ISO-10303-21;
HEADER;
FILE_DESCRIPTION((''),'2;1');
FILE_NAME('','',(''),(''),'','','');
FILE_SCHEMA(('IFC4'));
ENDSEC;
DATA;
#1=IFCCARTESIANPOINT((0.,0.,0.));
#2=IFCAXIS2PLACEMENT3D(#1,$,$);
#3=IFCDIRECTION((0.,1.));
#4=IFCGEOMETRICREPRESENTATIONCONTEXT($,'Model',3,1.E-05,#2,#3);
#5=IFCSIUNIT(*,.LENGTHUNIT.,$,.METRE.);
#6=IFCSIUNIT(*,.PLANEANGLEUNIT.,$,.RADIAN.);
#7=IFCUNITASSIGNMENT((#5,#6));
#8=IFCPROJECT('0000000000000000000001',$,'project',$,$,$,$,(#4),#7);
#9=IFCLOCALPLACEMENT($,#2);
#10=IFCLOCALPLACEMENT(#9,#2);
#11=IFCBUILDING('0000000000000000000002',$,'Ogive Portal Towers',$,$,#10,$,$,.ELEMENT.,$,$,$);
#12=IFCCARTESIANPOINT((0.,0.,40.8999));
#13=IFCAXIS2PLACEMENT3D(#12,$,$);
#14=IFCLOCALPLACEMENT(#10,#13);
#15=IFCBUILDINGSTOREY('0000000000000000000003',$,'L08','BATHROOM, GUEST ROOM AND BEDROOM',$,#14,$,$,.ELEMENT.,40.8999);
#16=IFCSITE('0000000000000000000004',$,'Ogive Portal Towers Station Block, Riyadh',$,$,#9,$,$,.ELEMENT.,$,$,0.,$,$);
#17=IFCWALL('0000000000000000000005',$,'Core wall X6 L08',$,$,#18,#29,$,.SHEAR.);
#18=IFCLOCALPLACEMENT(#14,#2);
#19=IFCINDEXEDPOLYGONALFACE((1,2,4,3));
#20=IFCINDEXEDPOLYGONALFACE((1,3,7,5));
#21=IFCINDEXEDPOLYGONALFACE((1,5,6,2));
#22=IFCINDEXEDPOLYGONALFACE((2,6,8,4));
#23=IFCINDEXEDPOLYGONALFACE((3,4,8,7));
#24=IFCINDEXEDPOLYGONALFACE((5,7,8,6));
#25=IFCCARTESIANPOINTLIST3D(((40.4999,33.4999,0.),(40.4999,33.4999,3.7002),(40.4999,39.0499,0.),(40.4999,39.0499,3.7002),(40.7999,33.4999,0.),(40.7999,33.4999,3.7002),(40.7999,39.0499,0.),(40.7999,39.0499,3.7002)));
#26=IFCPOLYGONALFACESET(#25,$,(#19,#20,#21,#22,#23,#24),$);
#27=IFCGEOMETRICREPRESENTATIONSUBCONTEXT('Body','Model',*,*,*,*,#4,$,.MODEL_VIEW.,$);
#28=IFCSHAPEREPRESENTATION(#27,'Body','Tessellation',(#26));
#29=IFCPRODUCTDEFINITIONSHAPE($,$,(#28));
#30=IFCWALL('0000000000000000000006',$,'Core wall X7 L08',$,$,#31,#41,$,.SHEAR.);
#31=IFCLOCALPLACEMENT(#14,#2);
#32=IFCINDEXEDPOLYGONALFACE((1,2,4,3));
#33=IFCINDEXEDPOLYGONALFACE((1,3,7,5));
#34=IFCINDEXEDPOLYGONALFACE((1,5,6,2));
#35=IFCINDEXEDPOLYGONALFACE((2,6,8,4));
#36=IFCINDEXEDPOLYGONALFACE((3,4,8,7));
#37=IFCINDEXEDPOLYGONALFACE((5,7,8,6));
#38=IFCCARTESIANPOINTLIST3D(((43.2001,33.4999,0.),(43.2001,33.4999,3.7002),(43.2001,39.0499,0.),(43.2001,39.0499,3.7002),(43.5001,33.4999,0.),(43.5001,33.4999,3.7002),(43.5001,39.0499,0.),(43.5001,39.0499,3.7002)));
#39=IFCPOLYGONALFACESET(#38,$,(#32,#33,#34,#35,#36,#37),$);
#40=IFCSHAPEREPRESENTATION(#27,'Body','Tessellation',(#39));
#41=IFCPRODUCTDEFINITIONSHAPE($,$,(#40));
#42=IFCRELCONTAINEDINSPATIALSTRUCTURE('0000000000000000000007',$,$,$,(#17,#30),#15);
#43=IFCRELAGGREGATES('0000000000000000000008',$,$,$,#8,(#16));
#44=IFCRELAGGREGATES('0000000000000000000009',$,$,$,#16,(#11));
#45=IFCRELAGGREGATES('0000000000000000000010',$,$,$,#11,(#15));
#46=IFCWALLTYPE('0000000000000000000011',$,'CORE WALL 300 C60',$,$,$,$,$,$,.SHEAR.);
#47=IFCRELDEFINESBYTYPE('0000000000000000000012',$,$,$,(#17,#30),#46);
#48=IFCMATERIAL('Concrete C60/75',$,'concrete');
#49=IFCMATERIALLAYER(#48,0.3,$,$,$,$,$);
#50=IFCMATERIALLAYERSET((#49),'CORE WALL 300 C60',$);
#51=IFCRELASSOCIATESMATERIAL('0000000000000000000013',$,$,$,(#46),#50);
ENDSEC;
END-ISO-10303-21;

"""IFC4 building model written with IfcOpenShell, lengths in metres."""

from ifc_helpers import new_model, si_unit, direction, frame, frame_2d, origin, place, context, subcontext, project, spatial, rectangle, extrude, material, layer, layer_set, type_object, element, save


model = new_model("IFC4")

# Units and contexts
model_context = context("Model", 3, precision=1e-05, world=origin(), true_north=direction((0.0, 1.0)))
body_context = subcontext(model_context, "Body", "Model", "MODEL_VIEW")
ifc_project = project(units=[si_unit("LENGTHUNIT", "METRE"), si_unit("PLANEANGLEUNIT", "RADIAN")], contexts=[model_context])

# Site, building, storey
site_placement = place(None, origin())
site = spatial("IfcSite", under=ifc_project, at=site_placement, Name="Ogive Portal Towers Station Block, Riyadh", CompositionType="ELEMENT", RefElevation=0.0)
building_placement = place(site_placement, origin())
building = spatial("IfcBuilding", under=site, at=building_placement, Name="Ogive Portal Towers", CompositionType="ELEMENT")
storey_placement = place(building_placement, frame((0.0, 0.0, 40.8999)))
storey = spatial("IfcBuildingStorey", under=building, at=storey_placement, Name="L08", Description="BATHROOM, GUEST ROOM AND BEDROOM", CompositionType="ELEMENT", Elevation=40.8999)

# Shared definitions
ifc_material_1 = material(Name="Concrete C60/75", Category="concrete")
ifc_layer = layer(ifc_material_1, 0.3)
ifc_layer_set = layer_set([ifc_layer], Name="CORE WALL 300 C60")
wall_type = type_object("IfcWallType", Name="CORE WALL 300 C60", PredefinedType="SHEAR", material=ifc_layer_set)

# Walls
for number, where, z_axis, x_axis, name in (
    (1, (40.6499, 33.5, 0.0), (0.0, 0.0, 1.0), (0.0, 1.0, 0.0), "Core wall X6 L08"),
    (2, (43.3501, 33.5, 0.0), (0.0, 0.0, 1.0), (0.0, 1.0, 0.0), "Core wall X7 L08"),
):
    element("IfcWall", number, at=place(storey_placement, frame(where, z_axis=z_axis, x_axis=x_axis)), inside=storey, type_object=wall_type, Name=name, PredefinedType="SHEAR", context=body_context, shape_type="SweptSolid", body=[
        extrude(rectangle(XDim=5.55, YDim=0.3, at=frame_2d((2.7749, 0.0))), origin(), (0.0, 0.0, 1.0), 3.7002),
    ])

save(model, "model.ifc")
